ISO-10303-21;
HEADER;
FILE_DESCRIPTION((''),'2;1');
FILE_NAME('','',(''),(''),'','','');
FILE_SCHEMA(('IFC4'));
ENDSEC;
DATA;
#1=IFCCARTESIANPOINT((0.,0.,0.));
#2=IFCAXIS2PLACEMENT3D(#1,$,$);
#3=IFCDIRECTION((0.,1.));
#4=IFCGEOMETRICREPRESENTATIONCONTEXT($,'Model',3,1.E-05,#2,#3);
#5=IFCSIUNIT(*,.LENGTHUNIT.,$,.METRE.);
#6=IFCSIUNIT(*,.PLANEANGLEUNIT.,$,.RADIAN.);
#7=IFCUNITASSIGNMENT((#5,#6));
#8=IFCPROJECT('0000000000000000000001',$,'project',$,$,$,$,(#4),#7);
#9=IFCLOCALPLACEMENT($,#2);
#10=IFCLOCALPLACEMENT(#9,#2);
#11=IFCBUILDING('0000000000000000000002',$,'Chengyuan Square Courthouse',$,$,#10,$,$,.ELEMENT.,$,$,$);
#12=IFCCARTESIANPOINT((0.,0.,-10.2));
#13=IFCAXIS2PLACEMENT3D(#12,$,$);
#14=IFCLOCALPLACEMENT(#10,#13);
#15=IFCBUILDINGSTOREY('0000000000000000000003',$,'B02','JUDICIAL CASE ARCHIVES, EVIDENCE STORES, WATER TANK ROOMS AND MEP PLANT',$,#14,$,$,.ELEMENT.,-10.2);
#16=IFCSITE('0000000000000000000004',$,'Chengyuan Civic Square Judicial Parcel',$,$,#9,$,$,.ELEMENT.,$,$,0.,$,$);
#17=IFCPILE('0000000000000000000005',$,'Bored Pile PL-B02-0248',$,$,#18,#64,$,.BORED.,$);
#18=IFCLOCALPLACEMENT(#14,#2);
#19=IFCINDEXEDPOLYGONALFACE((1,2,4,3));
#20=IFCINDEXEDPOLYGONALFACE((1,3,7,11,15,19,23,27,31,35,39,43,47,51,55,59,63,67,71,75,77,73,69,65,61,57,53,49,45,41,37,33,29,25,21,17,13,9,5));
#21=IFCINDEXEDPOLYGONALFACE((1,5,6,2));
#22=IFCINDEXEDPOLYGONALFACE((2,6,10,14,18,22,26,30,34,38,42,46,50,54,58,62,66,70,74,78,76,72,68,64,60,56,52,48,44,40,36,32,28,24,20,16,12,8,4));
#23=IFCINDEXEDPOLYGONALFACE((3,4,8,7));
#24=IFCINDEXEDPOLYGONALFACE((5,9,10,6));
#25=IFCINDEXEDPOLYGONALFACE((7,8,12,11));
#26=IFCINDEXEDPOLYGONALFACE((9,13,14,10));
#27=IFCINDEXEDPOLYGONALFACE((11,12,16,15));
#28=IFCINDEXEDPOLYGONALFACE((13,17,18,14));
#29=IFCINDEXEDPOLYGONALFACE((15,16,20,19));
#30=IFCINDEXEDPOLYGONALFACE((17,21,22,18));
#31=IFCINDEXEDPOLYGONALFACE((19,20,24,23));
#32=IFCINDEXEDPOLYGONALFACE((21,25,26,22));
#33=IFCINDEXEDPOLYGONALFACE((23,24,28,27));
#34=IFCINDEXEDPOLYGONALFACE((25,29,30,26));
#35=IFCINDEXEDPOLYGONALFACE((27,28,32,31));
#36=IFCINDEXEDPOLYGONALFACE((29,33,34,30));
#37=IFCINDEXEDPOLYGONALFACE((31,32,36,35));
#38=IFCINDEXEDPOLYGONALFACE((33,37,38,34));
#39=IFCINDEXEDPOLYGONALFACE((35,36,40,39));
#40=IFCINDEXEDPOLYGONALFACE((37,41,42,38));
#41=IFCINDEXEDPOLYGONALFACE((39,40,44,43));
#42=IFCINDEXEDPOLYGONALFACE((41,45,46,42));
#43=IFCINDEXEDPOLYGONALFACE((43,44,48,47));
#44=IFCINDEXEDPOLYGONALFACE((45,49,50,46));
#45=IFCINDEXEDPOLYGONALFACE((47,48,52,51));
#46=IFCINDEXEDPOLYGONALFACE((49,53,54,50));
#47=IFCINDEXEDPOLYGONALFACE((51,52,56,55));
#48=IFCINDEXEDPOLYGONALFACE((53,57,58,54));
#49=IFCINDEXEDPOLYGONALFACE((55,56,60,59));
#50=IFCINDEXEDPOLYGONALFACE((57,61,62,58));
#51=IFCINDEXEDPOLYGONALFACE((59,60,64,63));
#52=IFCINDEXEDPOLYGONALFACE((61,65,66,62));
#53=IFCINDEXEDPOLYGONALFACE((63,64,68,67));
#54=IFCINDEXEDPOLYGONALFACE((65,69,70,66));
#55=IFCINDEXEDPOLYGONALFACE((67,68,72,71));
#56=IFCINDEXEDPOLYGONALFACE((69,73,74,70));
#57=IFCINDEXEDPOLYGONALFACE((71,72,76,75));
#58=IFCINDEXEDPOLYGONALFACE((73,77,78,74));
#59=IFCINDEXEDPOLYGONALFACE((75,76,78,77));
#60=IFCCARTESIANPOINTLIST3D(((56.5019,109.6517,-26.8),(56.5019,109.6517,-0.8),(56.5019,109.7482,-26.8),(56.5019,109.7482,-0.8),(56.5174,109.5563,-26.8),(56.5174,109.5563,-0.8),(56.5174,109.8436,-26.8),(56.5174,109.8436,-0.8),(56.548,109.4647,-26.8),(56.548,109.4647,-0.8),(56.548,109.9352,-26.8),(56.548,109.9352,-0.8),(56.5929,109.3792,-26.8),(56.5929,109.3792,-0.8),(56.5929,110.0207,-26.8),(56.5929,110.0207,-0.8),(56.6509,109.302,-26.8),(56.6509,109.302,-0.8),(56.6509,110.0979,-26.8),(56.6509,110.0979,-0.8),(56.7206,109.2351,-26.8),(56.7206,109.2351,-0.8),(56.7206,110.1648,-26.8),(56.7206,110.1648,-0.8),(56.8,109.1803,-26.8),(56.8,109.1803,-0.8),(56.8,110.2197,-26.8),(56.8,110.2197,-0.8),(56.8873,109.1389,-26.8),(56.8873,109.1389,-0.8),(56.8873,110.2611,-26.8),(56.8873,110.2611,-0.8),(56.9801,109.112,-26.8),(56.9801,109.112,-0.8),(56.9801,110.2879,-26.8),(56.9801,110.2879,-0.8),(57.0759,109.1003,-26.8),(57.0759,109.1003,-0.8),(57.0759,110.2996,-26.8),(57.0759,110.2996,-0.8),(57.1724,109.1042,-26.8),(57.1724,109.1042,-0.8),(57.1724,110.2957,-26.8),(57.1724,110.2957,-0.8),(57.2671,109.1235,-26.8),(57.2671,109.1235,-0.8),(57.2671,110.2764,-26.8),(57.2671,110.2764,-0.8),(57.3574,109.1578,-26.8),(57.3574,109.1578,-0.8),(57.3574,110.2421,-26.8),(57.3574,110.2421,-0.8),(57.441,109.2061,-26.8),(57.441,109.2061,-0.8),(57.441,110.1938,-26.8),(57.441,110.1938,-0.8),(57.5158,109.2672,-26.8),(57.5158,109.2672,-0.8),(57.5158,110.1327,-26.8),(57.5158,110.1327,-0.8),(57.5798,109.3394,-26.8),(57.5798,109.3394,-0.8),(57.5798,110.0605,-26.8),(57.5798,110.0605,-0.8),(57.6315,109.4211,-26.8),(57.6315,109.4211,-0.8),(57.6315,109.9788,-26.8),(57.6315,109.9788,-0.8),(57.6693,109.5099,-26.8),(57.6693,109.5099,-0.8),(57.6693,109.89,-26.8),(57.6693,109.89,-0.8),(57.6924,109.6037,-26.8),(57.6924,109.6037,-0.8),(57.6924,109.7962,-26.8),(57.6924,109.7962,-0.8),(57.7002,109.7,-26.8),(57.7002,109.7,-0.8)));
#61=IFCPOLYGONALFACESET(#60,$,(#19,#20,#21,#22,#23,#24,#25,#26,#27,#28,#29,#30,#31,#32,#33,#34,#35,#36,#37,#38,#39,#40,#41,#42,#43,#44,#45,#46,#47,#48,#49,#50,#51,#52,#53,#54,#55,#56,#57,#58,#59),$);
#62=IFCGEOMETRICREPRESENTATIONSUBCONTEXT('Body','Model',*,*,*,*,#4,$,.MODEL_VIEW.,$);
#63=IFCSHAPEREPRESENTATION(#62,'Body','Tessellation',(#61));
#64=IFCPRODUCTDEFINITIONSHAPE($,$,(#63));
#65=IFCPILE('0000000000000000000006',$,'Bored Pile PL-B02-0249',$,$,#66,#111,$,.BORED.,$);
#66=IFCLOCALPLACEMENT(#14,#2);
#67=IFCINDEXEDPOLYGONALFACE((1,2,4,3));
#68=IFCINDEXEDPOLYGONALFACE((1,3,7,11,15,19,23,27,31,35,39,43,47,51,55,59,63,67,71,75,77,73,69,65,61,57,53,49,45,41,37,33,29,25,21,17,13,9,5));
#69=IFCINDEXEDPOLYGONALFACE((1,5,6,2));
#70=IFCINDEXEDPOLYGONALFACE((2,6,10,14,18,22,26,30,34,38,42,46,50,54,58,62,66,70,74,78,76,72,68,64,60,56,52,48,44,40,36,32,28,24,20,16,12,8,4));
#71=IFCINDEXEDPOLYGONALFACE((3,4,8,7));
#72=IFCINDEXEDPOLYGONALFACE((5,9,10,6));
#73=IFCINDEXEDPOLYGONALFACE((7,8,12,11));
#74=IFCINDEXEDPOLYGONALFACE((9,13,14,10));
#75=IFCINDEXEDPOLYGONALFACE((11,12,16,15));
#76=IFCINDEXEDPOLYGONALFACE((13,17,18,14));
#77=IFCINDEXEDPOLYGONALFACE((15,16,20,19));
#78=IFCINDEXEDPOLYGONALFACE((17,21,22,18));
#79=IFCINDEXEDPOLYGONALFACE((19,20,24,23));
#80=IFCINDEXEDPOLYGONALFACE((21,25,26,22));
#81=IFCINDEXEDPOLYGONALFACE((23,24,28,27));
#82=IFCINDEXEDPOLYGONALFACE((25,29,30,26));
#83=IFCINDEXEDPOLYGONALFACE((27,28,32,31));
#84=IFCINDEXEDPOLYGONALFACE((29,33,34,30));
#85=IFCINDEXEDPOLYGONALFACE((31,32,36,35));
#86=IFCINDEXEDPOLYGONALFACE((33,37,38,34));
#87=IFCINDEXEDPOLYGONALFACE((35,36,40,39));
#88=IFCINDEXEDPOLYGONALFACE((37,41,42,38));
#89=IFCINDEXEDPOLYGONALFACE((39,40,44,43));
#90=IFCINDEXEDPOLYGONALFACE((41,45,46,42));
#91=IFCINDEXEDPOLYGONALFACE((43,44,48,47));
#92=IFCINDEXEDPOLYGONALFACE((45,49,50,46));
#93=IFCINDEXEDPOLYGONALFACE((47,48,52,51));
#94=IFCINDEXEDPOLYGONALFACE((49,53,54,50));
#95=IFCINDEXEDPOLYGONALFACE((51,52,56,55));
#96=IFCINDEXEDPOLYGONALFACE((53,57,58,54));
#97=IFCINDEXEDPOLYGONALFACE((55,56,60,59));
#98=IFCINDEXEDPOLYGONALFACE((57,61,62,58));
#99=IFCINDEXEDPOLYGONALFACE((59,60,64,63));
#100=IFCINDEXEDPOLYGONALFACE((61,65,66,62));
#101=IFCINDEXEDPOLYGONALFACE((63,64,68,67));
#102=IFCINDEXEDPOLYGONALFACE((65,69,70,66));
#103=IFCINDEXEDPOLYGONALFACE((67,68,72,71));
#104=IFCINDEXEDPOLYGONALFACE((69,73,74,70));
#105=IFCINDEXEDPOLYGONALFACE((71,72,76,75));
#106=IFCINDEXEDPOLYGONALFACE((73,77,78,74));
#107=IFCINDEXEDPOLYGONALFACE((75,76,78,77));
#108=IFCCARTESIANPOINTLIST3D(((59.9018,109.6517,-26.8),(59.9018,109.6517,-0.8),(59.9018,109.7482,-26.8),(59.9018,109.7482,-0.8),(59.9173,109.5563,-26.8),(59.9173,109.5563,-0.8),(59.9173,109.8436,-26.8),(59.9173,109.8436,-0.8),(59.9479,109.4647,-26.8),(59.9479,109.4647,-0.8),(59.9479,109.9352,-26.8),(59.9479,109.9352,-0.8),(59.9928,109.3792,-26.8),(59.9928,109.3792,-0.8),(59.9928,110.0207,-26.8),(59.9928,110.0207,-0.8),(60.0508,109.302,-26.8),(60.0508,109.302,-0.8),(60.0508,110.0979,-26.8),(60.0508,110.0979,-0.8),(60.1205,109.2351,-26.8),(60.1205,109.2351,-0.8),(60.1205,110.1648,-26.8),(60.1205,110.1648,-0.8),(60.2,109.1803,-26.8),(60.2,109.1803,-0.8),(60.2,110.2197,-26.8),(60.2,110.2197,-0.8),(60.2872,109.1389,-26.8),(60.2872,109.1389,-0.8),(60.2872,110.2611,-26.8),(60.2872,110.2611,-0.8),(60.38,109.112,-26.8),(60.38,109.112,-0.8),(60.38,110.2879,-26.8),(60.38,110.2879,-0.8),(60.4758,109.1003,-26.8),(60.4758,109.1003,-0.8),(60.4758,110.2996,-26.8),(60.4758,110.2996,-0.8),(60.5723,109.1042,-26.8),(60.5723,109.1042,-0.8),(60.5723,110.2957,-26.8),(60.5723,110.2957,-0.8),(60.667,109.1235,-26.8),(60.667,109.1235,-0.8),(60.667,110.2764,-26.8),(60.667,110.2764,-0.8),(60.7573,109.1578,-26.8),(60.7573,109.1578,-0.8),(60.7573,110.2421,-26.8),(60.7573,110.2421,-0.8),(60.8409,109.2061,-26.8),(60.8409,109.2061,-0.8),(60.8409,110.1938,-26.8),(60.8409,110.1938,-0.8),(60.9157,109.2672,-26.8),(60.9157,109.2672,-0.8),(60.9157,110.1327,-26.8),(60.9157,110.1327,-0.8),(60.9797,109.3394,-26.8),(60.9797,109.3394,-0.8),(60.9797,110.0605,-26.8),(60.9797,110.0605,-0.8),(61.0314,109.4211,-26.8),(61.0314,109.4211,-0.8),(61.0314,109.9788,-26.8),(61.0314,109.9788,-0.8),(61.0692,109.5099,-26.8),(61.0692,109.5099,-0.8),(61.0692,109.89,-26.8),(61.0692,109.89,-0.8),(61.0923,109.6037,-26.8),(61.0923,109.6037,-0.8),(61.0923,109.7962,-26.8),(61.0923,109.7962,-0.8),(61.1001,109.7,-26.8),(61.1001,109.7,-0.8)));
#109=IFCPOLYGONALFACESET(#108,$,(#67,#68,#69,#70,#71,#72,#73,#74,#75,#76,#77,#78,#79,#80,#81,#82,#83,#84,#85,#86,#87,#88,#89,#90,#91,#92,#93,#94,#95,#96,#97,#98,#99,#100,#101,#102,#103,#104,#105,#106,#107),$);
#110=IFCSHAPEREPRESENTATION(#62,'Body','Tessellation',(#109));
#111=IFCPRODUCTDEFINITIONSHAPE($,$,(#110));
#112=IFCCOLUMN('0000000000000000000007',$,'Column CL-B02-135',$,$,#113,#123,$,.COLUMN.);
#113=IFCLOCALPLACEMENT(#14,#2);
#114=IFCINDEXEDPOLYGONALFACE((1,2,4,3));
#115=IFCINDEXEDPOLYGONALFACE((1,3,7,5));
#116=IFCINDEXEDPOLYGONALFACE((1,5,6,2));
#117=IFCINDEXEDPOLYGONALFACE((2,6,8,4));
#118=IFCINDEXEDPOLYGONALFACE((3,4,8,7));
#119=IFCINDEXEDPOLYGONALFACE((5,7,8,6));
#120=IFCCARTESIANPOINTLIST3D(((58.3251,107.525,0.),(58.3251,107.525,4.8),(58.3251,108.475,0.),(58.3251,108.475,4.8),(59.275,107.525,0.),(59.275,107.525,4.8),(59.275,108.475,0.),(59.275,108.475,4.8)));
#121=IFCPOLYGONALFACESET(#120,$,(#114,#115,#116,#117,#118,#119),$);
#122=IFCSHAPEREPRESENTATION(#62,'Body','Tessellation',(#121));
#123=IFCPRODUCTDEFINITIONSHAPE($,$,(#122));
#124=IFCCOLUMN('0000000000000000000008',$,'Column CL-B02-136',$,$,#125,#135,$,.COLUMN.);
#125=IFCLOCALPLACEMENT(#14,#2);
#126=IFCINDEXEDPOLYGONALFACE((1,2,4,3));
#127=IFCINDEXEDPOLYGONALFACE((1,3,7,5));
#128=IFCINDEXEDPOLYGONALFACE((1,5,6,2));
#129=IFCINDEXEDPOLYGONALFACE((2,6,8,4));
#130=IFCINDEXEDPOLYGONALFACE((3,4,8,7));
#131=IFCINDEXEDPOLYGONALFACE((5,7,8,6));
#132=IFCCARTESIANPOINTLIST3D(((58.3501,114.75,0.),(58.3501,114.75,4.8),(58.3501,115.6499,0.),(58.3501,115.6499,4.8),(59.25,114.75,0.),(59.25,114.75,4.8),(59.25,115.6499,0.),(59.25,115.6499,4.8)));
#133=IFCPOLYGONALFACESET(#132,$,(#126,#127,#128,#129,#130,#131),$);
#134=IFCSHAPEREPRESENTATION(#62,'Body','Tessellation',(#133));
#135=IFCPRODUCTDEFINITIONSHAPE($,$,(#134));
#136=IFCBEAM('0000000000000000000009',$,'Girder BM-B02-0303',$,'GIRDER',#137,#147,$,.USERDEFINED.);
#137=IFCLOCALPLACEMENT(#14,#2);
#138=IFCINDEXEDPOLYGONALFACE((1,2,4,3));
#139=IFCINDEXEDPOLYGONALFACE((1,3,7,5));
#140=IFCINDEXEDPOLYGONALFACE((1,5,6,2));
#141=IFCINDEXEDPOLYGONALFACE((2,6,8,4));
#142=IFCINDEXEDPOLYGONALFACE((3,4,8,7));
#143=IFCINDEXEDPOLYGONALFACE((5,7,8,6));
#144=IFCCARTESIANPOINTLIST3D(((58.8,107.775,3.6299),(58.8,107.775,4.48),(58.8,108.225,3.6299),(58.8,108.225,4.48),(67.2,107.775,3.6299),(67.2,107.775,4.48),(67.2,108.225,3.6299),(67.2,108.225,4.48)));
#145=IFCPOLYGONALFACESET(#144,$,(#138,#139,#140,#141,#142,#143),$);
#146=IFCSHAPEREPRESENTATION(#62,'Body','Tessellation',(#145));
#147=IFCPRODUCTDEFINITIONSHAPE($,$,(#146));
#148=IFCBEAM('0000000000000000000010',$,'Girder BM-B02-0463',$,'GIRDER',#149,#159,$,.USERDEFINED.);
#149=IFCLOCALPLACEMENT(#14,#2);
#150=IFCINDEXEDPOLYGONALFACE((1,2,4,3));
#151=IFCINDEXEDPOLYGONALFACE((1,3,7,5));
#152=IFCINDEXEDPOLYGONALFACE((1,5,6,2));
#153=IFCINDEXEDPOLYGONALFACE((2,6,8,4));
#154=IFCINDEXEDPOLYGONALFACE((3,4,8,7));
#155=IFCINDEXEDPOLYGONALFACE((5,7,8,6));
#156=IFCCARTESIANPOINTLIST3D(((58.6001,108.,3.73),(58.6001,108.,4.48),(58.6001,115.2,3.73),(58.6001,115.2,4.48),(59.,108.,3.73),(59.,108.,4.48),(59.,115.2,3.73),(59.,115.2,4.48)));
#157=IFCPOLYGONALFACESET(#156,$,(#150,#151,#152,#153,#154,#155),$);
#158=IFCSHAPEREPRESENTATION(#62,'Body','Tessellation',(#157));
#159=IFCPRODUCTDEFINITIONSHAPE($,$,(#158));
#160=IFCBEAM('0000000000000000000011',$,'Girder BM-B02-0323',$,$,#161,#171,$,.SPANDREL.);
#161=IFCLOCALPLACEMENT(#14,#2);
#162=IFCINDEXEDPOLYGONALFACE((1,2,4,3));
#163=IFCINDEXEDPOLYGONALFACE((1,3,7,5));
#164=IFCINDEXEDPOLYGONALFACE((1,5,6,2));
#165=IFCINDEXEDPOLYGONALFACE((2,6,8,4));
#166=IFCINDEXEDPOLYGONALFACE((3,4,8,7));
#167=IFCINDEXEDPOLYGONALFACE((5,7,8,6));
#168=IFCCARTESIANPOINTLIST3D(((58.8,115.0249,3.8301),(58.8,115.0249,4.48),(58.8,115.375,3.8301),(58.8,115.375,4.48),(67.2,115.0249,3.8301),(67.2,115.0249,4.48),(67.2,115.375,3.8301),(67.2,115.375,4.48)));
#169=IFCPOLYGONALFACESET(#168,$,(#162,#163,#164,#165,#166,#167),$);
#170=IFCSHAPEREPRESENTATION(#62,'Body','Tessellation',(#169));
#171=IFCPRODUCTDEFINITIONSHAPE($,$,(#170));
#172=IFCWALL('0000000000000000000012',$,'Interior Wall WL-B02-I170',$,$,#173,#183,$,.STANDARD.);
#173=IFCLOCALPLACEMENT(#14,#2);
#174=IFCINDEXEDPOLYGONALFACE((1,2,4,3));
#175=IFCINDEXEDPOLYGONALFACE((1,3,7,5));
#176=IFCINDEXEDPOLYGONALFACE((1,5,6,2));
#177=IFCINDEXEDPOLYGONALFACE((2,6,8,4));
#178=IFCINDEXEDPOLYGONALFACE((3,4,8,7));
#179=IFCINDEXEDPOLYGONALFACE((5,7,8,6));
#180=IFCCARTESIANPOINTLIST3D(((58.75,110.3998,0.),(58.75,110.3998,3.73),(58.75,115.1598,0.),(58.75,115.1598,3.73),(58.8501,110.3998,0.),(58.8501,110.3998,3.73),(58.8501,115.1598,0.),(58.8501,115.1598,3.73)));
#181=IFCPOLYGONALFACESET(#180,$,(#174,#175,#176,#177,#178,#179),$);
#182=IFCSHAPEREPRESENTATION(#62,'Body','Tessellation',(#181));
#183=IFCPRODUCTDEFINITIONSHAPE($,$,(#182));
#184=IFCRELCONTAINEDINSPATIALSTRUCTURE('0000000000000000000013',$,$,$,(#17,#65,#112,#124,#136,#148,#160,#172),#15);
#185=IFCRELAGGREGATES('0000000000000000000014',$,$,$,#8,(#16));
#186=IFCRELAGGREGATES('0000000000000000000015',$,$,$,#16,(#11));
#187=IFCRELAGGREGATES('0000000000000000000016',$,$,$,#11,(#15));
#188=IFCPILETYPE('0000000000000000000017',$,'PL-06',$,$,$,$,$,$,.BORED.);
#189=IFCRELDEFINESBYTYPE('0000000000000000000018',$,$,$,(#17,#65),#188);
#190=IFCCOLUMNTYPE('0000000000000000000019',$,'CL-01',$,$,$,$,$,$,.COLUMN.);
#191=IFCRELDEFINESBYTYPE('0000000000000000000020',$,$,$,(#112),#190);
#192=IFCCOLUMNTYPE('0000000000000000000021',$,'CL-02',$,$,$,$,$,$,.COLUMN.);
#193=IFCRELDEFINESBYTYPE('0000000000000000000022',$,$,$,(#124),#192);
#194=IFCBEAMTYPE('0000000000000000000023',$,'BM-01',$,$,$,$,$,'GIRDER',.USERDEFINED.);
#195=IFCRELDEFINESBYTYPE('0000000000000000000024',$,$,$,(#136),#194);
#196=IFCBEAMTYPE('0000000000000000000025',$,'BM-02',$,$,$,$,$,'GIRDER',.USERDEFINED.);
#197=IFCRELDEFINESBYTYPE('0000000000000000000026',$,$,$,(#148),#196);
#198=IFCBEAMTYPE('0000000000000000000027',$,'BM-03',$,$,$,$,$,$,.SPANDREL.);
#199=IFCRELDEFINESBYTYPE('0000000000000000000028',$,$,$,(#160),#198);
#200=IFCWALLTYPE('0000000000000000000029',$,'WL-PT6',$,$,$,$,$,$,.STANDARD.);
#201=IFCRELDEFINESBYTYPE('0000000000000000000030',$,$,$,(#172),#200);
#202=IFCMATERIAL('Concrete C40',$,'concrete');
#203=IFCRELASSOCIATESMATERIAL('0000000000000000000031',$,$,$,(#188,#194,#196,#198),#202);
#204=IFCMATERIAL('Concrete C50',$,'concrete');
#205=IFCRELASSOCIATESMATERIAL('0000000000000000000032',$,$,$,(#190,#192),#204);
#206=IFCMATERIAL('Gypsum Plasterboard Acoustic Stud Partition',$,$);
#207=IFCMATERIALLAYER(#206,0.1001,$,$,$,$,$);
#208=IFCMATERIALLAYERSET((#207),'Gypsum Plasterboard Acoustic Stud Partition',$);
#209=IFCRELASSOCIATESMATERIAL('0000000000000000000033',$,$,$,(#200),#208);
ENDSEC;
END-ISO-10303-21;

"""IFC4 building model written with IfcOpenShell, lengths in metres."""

from ifc_helpers import new_model, si_unit, direction, frame, frame_2d, origin, origin_2d, place, context, subcontext, project, spatial, rectangle, circle, extrude, material, layer, layer_set, material_profile, profile_set, type_object, element, save


model = new_model("IFC4")

# Units and contexts
model_context = context("Model", 3, precision=1e-05, world=origin(), true_north=direction((0.0, 1.0)))
body_context = subcontext(model_context, "Body", "Model", "MODEL_VIEW")
ifc_project = project(units=[si_unit("LENGTHUNIT", "METRE"), si_unit("PLANEANGLEUNIT", "RADIAN")], contexts=[model_context])

# Site, building, storey
site_placement = place(None, origin())
site = spatial("IfcSite", under=ifc_project, at=site_placement, Name="Chengyuan Civic Square Judicial Parcel", CompositionType="ELEMENT", RefElevation=0.0)
building_placement = place(site_placement, origin())
building = spatial("IfcBuilding", under=site, at=building_placement, Name="Chengyuan Square Courthouse", CompositionType="ELEMENT")
storey_placement = place(building_placement, frame((0.0, 0.0, -10.2)))
storey = spatial("IfcBuildingStorey", under=building, at=storey_placement, Name="B02", Description="JUDICIAL CASE ARCHIVES, EVIDENCE STORES, WATER TANK ROOMS AND MEP PLANT", CompositionType="ELEMENT", Elevation=-10.2)

# Shared definitions
ifc_material_1 = material(Name="Concrete C40", Category="concrete")

# Piles
ifc_material_profile_1 = material_profile(ifc_material_1, circle(Radius=0.6001, at=origin_2d()), Name="BORED PILE D1200")
ifc_profile_set_1 = profile_set([ifc_material_profile_1], Name="Concrete C40")
pile_type_1 = type_object("IfcPileType", Name="PL-06", PredefinedType="BORED", material=ifc_profile_set_1)
for number, where, z_axis, x_axis, name in (
    (1, (57.1001, 109.7, -0.8), (0.0, 0.0, -1.0), (1.0, 0.0, 0.0), "Bored Pile PL-B02-0248"),
    (2, (60.5, 109.7, -0.8), (0.0, 0.0, -1.0), (1.0, 0.0, 0.0), "Bored Pile PL-B02-0249"),
):
    element("IfcPile", number, at=place(storey_placement, frame(where, z_axis=z_axis, x_axis=x_axis)), inside=storey, type_object=pile_type_1, Name=name, PredefinedType="BORED", context=body_context, shape_type="SweptSolid", body=[
        extrude(circle(Radius=0.6001, at=origin_2d()), origin(), (0.0, 0.0, 1.0), 26.0),
    ])

# Columns
ifc_material_2 = material(Name="Concrete C50", Category="concrete")
ifc_material_profile_2 = material_profile(ifc_material_2, rectangle(XDim=0.95, YDim=0.95, at=origin_2d()), Name="RC-COL-950x950")
ifc_profile_set_2 = profile_set([ifc_material_profile_2], Name="Concrete C50")
column_type_1 = type_object("IfcColumnType", Name="CL-01", PredefinedType="COLUMN", material=ifc_profile_set_2)
column_1_placement = place(storey_placement, frame((58.8, 108.0, 0.0), z_axis=(0.0, 0.0, 1.0), x_axis=(1.0, 0.0, 0.0)))
element("IfcColumn", 3, at=column_1_placement, inside=storey, type_object=column_type_1, Name="Column CL-B02-135", PredefinedType="COLUMN", context=body_context, shape_type="SweptSolid", body=[
    extrude(rectangle(XDim=0.95, YDim=0.95, at=origin_2d()), origin(), (0.0, 0.0, 1.0), 4.8),
])
ifc_material_profile_3 = material_profile(ifc_material_2, rectangle(XDim=0.8999, YDim=0.8999, at=origin_2d()), Name="RC-COL-900x900")
ifc_profile_set_3 = profile_set([ifc_material_profile_3], Name="Concrete C50")
column_type_2 = type_object("IfcColumnType", Name="CL-02", PredefinedType="COLUMN", material=ifc_profile_set_3)
column_2_placement = place(storey_placement, frame((58.8, 115.2, 0.0), z_axis=(0.0, 0.0, 1.0), x_axis=(1.0, 0.0, 0.0)))
element("IfcColumn", 4, at=column_2_placement, inside=storey, type_object=column_type_2, Name="Column CL-B02-136", PredefinedType="COLUMN", context=body_context, shape_type="SweptSolid", body=[
    extrude(rectangle(XDim=0.8999, YDim=0.8999, at=origin_2d()), origin(), (0.0, 0.0, 1.0), 4.8),
])

# Beams
ifc_material_profile_4 = material_profile(ifc_material_1, rectangle(XDim=0.45, YDim=0.8501, at=origin_2d()), Name="RC-BM-450x850")
ifc_profile_set_4 = profile_set([ifc_material_profile_4], Name="Concrete C40")
beam_type_1 = type_object("IfcBeamType", Name="BM-01", ElementType="GIRDER", PredefinedType="USERDEFINED", material=ifc_profile_set_4)
beam_1_placement = place(storey_placement, frame((58.8, 108.0, 4.0549), z_axis=(1.0, 0.0, 0.0), x_axis=(0.0, 1.0, 0.0)))
element("IfcBeam", 5, at=beam_1_placement, inside=storey, type_object=beam_type_1, Name="Girder BM-B02-0303", ObjectType="GIRDER", PredefinedType="USERDEFINED", context=body_context, shape_type="SweptSolid", body=[
    extrude(rectangle(XDim=0.45, YDim=0.8501, at=origin_2d()), origin(), (0.0, 0.0, 1.0), 8.3999),
])
ifc_material_profile_5 = material_profile(ifc_material_1, rectangle(XDim=0.3999, YDim=0.75, at=origin_2d()), Name="RC-BM-400x750")
ifc_profile_set_5 = profile_set([ifc_material_profile_5], Name="Concrete C40")
beam_type_2 = type_object("IfcBeamType", Name="BM-02", ElementType="GIRDER", PredefinedType="USERDEFINED", material=ifc_profile_set_5)
beam_2_placement = place(storey_placement, frame((58.8, 108.0, 4.105), z_axis=(0.0, 1.0, 0.0), x_axis=(-1.0, 0.0, 0.0)))
element("IfcBeam", 6, at=beam_2_placement, inside=storey, type_object=beam_type_2, Name="Girder BM-B02-0463", ObjectType="GIRDER", PredefinedType="USERDEFINED", context=body_context, shape_type="SweptSolid", body=[
    extrude(rectangle(XDim=0.3999, YDim=0.75, at=origin_2d()), origin(), (0.0, 0.0, 1.0), 7.2),
])
ifc_material_profile_6 = material_profile(ifc_material_1, rectangle(XDim=0.3501, YDim=0.6499, at=origin_2d()), Name="RC-BM-350x650")
ifc_profile_set_6 = profile_set([ifc_material_profile_6], Name="Concrete C40")
beam_type_3 = type_object("IfcBeamType", Name="BM-03", PredefinedType="SPANDREL", material=ifc_profile_set_6)
beam_3_placement = place(storey_placement, frame((58.8, 115.2, 4.155), z_axis=(1.0, 0.0, 0.0), x_axis=(0.0, 1.0, 0.0)))
element("IfcBeam", 7, at=beam_3_placement, inside=storey, type_object=beam_type_3, Name="Girder BM-B02-0323", PredefinedType="SPANDREL", context=body_context, shape_type="SweptSolid", body=[
    extrude(rectangle(XDim=0.3501, YDim=0.6499, at=origin_2d()), origin(), (0.0, 0.0, 1.0), 8.3999),
])

# Wall
ifc_material_3 = material(Name="Gypsum Plasterboard Acoustic Stud Partition")
ifc_layer_1 = layer(ifc_material_3, 0.1001)
ifc_layer_set_1 = layer_set([ifc_layer_1], Name="Gypsum Plasterboard Acoustic Stud Partition")
wall_type_1 = type_object("IfcWallType", Name="WL-PT6", PredefinedType="STANDARD", material=ifc_layer_set_1)
wall_1_placement = place(storey_placement, frame((58.8, 110.3999, 0.0), z_axis=(0.0, 0.0, 1.0), x_axis=(0.0, 1.0, 0.0)))
element("IfcWall", 8, at=wall_1_placement, inside=storey, type_object=wall_type_1, Name="Interior Wall WL-B02-I170", PredefinedType="STANDARD", context=body_context, shape_type="SweptSolid", body=[
    extrude(rectangle(XDim=4.76, YDim=0.1001, at=frame_2d((2.3799, 0.0))), origin(), (0.0, 0.0, 1.0), 3.73),
])

save(model, "model.ifc")
